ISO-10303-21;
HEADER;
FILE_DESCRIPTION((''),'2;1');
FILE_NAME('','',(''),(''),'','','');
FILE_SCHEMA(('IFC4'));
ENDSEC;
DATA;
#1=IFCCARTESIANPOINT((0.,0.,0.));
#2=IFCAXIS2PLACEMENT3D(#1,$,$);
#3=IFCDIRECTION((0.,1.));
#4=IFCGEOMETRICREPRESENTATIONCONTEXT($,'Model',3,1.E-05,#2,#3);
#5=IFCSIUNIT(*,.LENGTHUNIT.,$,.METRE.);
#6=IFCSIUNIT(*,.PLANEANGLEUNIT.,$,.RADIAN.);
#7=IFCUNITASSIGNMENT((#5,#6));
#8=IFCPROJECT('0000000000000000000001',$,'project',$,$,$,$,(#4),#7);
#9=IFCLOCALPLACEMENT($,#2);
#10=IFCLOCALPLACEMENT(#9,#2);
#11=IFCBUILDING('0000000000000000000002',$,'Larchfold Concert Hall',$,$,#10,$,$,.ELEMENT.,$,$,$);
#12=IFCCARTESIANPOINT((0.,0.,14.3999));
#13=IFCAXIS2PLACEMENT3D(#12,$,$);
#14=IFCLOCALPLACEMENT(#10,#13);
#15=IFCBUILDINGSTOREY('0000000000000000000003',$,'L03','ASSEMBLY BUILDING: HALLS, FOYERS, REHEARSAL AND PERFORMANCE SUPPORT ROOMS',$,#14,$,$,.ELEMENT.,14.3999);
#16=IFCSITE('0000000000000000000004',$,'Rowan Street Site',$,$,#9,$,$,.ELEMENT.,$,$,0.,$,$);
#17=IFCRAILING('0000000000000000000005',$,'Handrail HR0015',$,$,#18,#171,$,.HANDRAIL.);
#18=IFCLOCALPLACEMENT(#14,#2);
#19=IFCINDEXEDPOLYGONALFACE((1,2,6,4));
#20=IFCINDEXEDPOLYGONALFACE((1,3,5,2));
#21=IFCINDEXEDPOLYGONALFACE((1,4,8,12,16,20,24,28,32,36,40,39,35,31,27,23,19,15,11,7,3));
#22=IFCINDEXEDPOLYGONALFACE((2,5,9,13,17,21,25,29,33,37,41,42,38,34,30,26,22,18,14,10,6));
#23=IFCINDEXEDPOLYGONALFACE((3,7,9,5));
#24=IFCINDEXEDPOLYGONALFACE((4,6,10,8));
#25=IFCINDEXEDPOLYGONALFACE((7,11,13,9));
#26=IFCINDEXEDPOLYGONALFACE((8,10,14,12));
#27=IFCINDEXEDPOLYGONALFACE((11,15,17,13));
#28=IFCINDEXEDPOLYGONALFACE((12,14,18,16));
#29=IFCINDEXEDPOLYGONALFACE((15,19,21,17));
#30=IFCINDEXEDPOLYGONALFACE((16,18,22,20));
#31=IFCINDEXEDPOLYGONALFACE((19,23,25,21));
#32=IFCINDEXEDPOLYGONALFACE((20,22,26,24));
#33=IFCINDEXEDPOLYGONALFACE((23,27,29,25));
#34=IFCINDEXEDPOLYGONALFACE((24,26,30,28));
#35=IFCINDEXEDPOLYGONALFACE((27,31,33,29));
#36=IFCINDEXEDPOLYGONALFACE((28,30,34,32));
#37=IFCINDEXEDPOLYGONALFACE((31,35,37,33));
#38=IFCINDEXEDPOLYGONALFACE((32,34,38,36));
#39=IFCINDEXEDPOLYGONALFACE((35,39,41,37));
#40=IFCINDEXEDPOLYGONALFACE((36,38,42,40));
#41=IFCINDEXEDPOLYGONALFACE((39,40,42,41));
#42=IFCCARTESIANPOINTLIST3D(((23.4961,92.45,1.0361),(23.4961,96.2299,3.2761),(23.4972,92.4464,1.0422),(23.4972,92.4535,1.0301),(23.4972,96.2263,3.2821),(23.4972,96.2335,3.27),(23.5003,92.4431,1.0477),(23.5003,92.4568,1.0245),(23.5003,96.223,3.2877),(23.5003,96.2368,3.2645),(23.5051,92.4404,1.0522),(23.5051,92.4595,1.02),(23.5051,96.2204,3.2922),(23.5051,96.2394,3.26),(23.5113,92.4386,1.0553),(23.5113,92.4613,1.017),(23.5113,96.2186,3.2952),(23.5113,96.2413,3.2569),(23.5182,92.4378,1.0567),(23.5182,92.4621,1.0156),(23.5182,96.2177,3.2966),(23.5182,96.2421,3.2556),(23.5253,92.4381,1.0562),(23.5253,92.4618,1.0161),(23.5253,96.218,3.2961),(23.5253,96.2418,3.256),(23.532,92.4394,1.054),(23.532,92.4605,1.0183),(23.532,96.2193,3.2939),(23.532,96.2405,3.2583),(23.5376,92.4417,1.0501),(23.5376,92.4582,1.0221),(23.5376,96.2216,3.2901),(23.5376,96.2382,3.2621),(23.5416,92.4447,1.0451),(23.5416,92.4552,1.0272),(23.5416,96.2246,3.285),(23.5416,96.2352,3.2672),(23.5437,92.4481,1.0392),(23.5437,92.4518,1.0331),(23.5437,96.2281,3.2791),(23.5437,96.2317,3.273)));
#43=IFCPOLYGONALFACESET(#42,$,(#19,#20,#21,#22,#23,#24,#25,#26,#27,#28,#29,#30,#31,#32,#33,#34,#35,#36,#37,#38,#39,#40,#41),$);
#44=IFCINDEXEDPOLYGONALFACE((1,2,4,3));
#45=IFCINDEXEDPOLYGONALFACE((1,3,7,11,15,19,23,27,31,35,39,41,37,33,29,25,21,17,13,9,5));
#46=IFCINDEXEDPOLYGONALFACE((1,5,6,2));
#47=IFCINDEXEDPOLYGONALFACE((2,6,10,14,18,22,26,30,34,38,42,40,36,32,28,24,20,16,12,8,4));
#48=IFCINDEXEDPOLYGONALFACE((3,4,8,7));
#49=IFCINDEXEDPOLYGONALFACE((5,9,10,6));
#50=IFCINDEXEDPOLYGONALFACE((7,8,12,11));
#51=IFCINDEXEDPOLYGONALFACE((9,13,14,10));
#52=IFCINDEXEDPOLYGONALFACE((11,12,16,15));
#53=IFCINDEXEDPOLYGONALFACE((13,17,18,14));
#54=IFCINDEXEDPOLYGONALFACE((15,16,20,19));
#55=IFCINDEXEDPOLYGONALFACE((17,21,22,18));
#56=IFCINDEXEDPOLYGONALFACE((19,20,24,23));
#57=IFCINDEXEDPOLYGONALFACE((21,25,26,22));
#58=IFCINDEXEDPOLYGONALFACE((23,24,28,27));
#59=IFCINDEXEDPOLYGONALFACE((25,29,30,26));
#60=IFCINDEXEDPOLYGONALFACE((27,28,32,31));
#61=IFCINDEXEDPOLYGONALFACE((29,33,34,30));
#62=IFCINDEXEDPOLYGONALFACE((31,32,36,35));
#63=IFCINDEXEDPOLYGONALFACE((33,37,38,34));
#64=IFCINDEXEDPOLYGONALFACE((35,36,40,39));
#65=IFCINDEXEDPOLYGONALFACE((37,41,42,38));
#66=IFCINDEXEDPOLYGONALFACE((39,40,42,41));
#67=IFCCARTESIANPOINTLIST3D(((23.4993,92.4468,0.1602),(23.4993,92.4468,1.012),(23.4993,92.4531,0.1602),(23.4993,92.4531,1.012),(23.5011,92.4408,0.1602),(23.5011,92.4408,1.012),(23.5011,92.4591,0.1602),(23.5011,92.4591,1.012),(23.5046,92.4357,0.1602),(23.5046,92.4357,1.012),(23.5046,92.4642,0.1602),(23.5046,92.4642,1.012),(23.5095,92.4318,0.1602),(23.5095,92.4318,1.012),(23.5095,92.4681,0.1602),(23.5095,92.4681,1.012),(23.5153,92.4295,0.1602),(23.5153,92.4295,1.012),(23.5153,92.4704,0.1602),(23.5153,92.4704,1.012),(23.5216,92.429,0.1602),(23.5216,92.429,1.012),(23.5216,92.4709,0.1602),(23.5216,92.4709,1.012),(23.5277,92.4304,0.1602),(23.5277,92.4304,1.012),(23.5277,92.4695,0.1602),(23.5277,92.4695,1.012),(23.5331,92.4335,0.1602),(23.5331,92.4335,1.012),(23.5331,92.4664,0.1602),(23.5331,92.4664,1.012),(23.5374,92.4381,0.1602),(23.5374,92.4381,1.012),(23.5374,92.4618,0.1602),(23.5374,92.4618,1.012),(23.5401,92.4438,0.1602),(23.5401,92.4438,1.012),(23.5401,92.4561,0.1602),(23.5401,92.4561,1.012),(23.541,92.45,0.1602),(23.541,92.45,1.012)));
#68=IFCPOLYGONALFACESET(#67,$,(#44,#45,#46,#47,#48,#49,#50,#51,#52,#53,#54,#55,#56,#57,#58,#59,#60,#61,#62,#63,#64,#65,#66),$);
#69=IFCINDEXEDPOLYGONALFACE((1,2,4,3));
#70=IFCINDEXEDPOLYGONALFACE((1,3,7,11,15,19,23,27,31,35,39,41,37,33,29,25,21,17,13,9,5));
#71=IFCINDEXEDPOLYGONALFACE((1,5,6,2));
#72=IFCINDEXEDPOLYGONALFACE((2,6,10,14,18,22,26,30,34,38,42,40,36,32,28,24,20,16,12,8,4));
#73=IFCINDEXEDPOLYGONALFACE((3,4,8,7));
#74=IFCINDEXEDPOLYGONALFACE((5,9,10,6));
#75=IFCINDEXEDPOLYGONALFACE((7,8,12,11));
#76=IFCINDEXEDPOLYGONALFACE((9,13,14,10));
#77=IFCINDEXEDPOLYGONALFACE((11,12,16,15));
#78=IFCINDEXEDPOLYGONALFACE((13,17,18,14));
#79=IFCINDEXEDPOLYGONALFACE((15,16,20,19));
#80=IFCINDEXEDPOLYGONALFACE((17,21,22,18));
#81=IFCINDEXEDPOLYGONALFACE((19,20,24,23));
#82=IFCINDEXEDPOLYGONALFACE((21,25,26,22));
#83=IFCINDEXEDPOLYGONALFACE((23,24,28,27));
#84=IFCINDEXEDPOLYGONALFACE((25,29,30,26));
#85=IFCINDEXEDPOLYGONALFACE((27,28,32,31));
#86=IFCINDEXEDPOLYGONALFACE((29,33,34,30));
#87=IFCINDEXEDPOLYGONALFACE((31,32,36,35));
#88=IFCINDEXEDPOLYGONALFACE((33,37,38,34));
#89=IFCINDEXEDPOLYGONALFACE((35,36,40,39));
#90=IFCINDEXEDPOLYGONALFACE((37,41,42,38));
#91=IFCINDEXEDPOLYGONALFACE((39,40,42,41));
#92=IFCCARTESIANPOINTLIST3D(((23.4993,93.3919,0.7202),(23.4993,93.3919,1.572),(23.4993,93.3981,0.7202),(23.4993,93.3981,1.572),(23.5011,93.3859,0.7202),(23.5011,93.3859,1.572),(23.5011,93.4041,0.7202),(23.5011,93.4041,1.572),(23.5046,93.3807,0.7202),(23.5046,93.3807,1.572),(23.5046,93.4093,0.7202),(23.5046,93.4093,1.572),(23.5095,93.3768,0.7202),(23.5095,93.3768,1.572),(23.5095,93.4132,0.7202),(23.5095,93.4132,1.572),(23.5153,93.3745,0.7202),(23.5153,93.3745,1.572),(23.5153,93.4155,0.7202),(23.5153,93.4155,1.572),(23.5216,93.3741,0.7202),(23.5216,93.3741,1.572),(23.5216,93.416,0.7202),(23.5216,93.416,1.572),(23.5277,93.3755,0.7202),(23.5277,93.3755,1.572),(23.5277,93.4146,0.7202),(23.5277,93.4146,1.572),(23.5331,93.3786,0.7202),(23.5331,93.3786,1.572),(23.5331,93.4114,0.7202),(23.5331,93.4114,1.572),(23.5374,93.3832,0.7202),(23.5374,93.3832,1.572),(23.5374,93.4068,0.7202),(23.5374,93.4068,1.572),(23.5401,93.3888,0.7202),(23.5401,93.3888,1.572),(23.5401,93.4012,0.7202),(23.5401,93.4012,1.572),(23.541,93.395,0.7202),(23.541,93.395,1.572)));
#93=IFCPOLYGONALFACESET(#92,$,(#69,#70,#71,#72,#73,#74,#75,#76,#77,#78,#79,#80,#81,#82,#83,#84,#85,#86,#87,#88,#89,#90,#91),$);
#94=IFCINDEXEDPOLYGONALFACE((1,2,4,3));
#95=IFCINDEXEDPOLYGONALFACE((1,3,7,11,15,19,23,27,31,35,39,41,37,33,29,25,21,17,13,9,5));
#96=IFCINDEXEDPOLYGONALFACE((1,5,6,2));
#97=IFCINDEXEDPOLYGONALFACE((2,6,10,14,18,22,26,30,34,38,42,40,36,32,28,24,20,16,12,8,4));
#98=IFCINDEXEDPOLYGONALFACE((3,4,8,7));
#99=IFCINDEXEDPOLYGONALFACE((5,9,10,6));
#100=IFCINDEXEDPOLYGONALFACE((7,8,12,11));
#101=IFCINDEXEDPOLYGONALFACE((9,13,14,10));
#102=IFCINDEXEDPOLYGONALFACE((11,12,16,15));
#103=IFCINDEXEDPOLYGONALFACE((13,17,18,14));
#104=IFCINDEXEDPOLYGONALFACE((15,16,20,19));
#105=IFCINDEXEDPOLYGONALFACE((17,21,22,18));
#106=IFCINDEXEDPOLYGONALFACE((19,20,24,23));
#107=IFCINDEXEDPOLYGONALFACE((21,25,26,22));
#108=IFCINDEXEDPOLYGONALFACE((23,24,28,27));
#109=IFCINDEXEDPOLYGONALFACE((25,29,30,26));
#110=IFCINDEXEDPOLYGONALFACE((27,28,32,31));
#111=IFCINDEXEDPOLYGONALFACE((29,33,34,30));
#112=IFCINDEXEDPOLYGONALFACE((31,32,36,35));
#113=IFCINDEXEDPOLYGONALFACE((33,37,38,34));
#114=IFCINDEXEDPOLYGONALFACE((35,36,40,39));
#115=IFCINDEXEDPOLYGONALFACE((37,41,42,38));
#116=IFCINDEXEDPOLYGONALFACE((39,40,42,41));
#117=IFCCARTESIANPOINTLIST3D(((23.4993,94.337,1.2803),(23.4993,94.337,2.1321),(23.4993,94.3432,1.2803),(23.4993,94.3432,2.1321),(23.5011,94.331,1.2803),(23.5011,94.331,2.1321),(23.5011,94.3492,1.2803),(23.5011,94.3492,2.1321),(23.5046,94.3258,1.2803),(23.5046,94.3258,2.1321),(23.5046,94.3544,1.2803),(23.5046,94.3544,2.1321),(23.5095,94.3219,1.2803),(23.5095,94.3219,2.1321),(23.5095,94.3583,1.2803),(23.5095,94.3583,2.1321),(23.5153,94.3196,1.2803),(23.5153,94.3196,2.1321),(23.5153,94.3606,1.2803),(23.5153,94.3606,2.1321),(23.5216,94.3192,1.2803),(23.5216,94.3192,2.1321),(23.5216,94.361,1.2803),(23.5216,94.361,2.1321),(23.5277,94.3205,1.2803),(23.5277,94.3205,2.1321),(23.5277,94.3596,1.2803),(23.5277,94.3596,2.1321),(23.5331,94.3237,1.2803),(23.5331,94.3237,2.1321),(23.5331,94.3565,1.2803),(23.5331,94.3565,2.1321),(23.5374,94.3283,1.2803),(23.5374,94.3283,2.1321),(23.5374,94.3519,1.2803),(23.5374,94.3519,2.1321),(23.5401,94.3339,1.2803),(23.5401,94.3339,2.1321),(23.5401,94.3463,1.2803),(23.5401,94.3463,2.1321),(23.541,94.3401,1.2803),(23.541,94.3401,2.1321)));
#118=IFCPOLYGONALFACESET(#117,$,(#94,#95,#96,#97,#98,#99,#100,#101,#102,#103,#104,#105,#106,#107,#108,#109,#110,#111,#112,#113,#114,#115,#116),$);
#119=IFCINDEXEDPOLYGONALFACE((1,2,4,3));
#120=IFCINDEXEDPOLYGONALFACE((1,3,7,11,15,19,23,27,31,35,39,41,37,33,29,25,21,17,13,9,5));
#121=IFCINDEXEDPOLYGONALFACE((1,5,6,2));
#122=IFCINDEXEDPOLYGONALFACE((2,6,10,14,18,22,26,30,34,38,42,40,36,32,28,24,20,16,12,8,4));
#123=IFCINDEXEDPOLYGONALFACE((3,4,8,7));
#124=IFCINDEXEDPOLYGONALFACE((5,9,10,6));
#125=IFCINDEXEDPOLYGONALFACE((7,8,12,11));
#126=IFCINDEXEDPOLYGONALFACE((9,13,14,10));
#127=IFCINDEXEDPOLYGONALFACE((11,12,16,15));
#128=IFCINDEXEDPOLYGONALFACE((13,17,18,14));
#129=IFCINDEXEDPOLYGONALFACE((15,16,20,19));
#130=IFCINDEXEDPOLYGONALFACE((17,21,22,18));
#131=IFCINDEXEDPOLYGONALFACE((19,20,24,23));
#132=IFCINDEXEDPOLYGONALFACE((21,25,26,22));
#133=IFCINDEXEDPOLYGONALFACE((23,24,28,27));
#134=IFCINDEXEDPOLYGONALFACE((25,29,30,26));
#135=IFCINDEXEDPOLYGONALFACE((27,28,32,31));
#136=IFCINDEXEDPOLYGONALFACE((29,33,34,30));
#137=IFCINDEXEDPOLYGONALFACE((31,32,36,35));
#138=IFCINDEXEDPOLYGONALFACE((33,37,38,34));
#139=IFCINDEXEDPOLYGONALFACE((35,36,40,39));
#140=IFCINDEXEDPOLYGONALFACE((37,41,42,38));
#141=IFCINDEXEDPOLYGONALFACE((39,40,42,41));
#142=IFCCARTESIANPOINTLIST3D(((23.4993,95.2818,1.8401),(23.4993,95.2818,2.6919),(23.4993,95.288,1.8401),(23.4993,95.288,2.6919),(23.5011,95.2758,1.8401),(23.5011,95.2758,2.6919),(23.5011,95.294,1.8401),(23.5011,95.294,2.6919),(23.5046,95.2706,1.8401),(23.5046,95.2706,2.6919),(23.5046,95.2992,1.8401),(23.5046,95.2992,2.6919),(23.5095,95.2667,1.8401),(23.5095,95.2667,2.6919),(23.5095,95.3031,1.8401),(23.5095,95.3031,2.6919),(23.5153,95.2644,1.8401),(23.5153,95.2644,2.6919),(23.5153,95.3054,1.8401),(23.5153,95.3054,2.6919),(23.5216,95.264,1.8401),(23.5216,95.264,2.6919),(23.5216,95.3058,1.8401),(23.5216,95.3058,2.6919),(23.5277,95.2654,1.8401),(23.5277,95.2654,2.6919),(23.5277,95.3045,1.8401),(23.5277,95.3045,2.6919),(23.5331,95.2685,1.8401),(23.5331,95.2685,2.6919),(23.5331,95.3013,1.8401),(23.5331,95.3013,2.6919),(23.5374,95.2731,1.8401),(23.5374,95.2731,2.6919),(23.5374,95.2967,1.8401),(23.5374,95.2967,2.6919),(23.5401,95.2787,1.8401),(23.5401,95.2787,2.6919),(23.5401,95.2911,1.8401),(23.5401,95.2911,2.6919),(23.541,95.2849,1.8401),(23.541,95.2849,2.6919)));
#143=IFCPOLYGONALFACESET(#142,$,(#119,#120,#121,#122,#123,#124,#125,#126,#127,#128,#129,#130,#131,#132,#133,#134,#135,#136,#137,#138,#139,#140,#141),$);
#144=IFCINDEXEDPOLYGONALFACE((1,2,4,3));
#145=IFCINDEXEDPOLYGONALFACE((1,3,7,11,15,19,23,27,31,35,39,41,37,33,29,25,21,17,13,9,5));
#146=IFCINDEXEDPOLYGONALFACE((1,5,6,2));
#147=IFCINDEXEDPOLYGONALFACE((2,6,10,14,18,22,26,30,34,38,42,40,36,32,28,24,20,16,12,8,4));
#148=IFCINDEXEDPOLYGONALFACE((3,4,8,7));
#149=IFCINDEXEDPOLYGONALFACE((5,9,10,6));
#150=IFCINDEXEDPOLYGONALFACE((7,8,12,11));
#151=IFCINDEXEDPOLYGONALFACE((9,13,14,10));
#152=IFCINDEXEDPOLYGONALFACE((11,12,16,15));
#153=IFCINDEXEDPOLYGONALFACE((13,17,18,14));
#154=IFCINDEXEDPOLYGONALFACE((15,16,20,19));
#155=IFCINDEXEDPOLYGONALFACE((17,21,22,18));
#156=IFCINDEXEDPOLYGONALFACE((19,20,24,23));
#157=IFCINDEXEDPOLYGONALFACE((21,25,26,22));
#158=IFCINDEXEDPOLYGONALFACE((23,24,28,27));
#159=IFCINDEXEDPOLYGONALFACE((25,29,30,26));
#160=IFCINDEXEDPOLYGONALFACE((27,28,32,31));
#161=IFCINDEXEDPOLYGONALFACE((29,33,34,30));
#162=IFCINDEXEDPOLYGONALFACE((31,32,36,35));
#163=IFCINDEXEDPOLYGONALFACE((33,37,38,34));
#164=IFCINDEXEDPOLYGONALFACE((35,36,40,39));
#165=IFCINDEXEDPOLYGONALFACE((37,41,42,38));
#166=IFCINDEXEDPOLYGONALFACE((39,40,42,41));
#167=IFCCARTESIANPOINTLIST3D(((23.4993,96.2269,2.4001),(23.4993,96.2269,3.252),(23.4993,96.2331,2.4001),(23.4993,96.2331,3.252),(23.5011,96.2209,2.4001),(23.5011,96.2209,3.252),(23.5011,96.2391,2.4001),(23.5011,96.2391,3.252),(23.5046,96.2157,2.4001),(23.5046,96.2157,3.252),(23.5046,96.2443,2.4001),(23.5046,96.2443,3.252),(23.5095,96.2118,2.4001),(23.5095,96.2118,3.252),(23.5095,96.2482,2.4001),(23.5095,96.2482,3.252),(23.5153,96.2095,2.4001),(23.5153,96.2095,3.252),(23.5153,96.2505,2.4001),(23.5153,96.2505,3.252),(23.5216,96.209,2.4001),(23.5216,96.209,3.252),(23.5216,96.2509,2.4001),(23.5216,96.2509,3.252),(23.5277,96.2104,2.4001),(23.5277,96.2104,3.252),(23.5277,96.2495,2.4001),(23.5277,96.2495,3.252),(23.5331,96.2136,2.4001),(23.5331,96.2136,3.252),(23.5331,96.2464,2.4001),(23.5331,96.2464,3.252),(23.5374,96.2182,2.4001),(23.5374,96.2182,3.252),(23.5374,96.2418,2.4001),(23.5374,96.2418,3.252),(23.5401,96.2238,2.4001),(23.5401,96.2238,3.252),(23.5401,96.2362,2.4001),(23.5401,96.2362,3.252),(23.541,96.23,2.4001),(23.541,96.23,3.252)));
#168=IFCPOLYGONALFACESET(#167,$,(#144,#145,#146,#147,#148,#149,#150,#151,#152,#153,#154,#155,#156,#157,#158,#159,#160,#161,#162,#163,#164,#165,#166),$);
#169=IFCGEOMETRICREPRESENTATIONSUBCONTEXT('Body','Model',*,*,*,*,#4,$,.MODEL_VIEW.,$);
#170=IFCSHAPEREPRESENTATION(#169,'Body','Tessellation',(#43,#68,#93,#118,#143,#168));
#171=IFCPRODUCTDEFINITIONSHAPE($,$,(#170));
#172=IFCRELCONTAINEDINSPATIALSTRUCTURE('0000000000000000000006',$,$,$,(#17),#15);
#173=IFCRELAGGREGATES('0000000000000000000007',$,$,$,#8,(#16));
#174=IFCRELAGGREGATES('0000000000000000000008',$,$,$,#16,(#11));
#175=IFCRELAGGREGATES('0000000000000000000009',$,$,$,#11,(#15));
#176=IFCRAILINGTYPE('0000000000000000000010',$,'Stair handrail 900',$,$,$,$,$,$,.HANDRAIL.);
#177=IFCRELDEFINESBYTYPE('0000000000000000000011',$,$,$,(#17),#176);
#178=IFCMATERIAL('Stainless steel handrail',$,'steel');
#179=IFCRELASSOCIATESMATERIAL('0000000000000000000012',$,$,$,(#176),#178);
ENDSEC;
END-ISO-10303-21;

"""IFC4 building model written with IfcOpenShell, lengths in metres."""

from ifc_helpers import new_model, si_unit, direction, frame, origin, origin_2d, place, context, subcontext, project, spatial, circle, extrude, material, type_object, element, save


model = new_model("IFC4")

# Units and contexts
model_context = context("Model", 3, precision=1e-05, world=origin(), true_north=direction((0.0, 1.0)))
body_context = subcontext(model_context, "Body", "Model", "MODEL_VIEW")
ifc_project = project(units=[si_unit("LENGTHUNIT", "METRE"), si_unit("PLANEANGLEUNIT", "RADIAN")], contexts=[model_context])

# Site, building, storey
site_placement = place(None, origin())
site = spatial("IfcSite", under=ifc_project, at=site_placement, Name="Rowan Street Site", CompositionType="ELEMENT", RefElevation=0.0)
building_placement = place(site_placement, origin())
building = spatial("IfcBuilding", under=site, at=building_placement, Name="Larchfold Concert Hall", CompositionType="ELEMENT")
storey_placement = place(building_placement, frame((0.0, 0.0, 14.3999)))
storey = spatial("IfcBuildingStorey", under=building, at=storey_placement, Name="L03", Description="ASSEMBLY BUILDING: HALLS, FOYERS, REHEARSAL AND PERFORMANCE SUPPORT ROOMS", CompositionType="ELEMENT", Elevation=14.3999)

# Railing
ifc_material_1 = material(Name="Stainless steel handrail", Category="steel")
railing_type_1 = type_object("IfcRailingType", Name="Stair handrail 900", PredefinedType="HANDRAIL", material=ifc_material_1)
railing_1_placement = place(storey_placement, frame((23.52, 92.45, 0.1602)))
element("IfcRailing", 1, at=railing_1_placement, inside=storey, type_object=railing_type_1, Name="Handrail HR0015", PredefinedType="HANDRAIL", context=body_context, shape_type="SweptSolid", body=[
    extrude(circle(Radius=0.0239, at=origin_2d()), frame((0.0, 0.0, 0.876), z_axis=(0.0, 0.860294, 0.509798), x_axis=(-1.0, 0.0, 0.0)), (0.0, 0.0, 1.0), 4.3938),
    extrude(circle(Radius=0.021, at=origin_2d()), origin(), (0.0, 0.0, 1.0), 0.8518),
    extrude(circle(Radius=0.021, at=origin_2d()), frame((0.0, 0.9451, 0.5601)), (0.0, 0.0, 1.0), 0.8518),
    extrude(circle(Radius=0.021, at=origin_2d()), frame((0.0, 1.8901, 1.1201)), (0.0, 0.0, 1.0), 0.8518),
    extrude(circle(Radius=0.021, at=origin_2d()), frame((0.0, 2.835, 1.6799)), (0.0, 0.0, 1.0), 0.8518),
    extrude(circle(Radius=0.021, at=origin_2d()), frame((0.0, 3.78, 2.24)), (0.0, 0.0, 1.0), 0.8518),
])

save(model, "model.ifc")
